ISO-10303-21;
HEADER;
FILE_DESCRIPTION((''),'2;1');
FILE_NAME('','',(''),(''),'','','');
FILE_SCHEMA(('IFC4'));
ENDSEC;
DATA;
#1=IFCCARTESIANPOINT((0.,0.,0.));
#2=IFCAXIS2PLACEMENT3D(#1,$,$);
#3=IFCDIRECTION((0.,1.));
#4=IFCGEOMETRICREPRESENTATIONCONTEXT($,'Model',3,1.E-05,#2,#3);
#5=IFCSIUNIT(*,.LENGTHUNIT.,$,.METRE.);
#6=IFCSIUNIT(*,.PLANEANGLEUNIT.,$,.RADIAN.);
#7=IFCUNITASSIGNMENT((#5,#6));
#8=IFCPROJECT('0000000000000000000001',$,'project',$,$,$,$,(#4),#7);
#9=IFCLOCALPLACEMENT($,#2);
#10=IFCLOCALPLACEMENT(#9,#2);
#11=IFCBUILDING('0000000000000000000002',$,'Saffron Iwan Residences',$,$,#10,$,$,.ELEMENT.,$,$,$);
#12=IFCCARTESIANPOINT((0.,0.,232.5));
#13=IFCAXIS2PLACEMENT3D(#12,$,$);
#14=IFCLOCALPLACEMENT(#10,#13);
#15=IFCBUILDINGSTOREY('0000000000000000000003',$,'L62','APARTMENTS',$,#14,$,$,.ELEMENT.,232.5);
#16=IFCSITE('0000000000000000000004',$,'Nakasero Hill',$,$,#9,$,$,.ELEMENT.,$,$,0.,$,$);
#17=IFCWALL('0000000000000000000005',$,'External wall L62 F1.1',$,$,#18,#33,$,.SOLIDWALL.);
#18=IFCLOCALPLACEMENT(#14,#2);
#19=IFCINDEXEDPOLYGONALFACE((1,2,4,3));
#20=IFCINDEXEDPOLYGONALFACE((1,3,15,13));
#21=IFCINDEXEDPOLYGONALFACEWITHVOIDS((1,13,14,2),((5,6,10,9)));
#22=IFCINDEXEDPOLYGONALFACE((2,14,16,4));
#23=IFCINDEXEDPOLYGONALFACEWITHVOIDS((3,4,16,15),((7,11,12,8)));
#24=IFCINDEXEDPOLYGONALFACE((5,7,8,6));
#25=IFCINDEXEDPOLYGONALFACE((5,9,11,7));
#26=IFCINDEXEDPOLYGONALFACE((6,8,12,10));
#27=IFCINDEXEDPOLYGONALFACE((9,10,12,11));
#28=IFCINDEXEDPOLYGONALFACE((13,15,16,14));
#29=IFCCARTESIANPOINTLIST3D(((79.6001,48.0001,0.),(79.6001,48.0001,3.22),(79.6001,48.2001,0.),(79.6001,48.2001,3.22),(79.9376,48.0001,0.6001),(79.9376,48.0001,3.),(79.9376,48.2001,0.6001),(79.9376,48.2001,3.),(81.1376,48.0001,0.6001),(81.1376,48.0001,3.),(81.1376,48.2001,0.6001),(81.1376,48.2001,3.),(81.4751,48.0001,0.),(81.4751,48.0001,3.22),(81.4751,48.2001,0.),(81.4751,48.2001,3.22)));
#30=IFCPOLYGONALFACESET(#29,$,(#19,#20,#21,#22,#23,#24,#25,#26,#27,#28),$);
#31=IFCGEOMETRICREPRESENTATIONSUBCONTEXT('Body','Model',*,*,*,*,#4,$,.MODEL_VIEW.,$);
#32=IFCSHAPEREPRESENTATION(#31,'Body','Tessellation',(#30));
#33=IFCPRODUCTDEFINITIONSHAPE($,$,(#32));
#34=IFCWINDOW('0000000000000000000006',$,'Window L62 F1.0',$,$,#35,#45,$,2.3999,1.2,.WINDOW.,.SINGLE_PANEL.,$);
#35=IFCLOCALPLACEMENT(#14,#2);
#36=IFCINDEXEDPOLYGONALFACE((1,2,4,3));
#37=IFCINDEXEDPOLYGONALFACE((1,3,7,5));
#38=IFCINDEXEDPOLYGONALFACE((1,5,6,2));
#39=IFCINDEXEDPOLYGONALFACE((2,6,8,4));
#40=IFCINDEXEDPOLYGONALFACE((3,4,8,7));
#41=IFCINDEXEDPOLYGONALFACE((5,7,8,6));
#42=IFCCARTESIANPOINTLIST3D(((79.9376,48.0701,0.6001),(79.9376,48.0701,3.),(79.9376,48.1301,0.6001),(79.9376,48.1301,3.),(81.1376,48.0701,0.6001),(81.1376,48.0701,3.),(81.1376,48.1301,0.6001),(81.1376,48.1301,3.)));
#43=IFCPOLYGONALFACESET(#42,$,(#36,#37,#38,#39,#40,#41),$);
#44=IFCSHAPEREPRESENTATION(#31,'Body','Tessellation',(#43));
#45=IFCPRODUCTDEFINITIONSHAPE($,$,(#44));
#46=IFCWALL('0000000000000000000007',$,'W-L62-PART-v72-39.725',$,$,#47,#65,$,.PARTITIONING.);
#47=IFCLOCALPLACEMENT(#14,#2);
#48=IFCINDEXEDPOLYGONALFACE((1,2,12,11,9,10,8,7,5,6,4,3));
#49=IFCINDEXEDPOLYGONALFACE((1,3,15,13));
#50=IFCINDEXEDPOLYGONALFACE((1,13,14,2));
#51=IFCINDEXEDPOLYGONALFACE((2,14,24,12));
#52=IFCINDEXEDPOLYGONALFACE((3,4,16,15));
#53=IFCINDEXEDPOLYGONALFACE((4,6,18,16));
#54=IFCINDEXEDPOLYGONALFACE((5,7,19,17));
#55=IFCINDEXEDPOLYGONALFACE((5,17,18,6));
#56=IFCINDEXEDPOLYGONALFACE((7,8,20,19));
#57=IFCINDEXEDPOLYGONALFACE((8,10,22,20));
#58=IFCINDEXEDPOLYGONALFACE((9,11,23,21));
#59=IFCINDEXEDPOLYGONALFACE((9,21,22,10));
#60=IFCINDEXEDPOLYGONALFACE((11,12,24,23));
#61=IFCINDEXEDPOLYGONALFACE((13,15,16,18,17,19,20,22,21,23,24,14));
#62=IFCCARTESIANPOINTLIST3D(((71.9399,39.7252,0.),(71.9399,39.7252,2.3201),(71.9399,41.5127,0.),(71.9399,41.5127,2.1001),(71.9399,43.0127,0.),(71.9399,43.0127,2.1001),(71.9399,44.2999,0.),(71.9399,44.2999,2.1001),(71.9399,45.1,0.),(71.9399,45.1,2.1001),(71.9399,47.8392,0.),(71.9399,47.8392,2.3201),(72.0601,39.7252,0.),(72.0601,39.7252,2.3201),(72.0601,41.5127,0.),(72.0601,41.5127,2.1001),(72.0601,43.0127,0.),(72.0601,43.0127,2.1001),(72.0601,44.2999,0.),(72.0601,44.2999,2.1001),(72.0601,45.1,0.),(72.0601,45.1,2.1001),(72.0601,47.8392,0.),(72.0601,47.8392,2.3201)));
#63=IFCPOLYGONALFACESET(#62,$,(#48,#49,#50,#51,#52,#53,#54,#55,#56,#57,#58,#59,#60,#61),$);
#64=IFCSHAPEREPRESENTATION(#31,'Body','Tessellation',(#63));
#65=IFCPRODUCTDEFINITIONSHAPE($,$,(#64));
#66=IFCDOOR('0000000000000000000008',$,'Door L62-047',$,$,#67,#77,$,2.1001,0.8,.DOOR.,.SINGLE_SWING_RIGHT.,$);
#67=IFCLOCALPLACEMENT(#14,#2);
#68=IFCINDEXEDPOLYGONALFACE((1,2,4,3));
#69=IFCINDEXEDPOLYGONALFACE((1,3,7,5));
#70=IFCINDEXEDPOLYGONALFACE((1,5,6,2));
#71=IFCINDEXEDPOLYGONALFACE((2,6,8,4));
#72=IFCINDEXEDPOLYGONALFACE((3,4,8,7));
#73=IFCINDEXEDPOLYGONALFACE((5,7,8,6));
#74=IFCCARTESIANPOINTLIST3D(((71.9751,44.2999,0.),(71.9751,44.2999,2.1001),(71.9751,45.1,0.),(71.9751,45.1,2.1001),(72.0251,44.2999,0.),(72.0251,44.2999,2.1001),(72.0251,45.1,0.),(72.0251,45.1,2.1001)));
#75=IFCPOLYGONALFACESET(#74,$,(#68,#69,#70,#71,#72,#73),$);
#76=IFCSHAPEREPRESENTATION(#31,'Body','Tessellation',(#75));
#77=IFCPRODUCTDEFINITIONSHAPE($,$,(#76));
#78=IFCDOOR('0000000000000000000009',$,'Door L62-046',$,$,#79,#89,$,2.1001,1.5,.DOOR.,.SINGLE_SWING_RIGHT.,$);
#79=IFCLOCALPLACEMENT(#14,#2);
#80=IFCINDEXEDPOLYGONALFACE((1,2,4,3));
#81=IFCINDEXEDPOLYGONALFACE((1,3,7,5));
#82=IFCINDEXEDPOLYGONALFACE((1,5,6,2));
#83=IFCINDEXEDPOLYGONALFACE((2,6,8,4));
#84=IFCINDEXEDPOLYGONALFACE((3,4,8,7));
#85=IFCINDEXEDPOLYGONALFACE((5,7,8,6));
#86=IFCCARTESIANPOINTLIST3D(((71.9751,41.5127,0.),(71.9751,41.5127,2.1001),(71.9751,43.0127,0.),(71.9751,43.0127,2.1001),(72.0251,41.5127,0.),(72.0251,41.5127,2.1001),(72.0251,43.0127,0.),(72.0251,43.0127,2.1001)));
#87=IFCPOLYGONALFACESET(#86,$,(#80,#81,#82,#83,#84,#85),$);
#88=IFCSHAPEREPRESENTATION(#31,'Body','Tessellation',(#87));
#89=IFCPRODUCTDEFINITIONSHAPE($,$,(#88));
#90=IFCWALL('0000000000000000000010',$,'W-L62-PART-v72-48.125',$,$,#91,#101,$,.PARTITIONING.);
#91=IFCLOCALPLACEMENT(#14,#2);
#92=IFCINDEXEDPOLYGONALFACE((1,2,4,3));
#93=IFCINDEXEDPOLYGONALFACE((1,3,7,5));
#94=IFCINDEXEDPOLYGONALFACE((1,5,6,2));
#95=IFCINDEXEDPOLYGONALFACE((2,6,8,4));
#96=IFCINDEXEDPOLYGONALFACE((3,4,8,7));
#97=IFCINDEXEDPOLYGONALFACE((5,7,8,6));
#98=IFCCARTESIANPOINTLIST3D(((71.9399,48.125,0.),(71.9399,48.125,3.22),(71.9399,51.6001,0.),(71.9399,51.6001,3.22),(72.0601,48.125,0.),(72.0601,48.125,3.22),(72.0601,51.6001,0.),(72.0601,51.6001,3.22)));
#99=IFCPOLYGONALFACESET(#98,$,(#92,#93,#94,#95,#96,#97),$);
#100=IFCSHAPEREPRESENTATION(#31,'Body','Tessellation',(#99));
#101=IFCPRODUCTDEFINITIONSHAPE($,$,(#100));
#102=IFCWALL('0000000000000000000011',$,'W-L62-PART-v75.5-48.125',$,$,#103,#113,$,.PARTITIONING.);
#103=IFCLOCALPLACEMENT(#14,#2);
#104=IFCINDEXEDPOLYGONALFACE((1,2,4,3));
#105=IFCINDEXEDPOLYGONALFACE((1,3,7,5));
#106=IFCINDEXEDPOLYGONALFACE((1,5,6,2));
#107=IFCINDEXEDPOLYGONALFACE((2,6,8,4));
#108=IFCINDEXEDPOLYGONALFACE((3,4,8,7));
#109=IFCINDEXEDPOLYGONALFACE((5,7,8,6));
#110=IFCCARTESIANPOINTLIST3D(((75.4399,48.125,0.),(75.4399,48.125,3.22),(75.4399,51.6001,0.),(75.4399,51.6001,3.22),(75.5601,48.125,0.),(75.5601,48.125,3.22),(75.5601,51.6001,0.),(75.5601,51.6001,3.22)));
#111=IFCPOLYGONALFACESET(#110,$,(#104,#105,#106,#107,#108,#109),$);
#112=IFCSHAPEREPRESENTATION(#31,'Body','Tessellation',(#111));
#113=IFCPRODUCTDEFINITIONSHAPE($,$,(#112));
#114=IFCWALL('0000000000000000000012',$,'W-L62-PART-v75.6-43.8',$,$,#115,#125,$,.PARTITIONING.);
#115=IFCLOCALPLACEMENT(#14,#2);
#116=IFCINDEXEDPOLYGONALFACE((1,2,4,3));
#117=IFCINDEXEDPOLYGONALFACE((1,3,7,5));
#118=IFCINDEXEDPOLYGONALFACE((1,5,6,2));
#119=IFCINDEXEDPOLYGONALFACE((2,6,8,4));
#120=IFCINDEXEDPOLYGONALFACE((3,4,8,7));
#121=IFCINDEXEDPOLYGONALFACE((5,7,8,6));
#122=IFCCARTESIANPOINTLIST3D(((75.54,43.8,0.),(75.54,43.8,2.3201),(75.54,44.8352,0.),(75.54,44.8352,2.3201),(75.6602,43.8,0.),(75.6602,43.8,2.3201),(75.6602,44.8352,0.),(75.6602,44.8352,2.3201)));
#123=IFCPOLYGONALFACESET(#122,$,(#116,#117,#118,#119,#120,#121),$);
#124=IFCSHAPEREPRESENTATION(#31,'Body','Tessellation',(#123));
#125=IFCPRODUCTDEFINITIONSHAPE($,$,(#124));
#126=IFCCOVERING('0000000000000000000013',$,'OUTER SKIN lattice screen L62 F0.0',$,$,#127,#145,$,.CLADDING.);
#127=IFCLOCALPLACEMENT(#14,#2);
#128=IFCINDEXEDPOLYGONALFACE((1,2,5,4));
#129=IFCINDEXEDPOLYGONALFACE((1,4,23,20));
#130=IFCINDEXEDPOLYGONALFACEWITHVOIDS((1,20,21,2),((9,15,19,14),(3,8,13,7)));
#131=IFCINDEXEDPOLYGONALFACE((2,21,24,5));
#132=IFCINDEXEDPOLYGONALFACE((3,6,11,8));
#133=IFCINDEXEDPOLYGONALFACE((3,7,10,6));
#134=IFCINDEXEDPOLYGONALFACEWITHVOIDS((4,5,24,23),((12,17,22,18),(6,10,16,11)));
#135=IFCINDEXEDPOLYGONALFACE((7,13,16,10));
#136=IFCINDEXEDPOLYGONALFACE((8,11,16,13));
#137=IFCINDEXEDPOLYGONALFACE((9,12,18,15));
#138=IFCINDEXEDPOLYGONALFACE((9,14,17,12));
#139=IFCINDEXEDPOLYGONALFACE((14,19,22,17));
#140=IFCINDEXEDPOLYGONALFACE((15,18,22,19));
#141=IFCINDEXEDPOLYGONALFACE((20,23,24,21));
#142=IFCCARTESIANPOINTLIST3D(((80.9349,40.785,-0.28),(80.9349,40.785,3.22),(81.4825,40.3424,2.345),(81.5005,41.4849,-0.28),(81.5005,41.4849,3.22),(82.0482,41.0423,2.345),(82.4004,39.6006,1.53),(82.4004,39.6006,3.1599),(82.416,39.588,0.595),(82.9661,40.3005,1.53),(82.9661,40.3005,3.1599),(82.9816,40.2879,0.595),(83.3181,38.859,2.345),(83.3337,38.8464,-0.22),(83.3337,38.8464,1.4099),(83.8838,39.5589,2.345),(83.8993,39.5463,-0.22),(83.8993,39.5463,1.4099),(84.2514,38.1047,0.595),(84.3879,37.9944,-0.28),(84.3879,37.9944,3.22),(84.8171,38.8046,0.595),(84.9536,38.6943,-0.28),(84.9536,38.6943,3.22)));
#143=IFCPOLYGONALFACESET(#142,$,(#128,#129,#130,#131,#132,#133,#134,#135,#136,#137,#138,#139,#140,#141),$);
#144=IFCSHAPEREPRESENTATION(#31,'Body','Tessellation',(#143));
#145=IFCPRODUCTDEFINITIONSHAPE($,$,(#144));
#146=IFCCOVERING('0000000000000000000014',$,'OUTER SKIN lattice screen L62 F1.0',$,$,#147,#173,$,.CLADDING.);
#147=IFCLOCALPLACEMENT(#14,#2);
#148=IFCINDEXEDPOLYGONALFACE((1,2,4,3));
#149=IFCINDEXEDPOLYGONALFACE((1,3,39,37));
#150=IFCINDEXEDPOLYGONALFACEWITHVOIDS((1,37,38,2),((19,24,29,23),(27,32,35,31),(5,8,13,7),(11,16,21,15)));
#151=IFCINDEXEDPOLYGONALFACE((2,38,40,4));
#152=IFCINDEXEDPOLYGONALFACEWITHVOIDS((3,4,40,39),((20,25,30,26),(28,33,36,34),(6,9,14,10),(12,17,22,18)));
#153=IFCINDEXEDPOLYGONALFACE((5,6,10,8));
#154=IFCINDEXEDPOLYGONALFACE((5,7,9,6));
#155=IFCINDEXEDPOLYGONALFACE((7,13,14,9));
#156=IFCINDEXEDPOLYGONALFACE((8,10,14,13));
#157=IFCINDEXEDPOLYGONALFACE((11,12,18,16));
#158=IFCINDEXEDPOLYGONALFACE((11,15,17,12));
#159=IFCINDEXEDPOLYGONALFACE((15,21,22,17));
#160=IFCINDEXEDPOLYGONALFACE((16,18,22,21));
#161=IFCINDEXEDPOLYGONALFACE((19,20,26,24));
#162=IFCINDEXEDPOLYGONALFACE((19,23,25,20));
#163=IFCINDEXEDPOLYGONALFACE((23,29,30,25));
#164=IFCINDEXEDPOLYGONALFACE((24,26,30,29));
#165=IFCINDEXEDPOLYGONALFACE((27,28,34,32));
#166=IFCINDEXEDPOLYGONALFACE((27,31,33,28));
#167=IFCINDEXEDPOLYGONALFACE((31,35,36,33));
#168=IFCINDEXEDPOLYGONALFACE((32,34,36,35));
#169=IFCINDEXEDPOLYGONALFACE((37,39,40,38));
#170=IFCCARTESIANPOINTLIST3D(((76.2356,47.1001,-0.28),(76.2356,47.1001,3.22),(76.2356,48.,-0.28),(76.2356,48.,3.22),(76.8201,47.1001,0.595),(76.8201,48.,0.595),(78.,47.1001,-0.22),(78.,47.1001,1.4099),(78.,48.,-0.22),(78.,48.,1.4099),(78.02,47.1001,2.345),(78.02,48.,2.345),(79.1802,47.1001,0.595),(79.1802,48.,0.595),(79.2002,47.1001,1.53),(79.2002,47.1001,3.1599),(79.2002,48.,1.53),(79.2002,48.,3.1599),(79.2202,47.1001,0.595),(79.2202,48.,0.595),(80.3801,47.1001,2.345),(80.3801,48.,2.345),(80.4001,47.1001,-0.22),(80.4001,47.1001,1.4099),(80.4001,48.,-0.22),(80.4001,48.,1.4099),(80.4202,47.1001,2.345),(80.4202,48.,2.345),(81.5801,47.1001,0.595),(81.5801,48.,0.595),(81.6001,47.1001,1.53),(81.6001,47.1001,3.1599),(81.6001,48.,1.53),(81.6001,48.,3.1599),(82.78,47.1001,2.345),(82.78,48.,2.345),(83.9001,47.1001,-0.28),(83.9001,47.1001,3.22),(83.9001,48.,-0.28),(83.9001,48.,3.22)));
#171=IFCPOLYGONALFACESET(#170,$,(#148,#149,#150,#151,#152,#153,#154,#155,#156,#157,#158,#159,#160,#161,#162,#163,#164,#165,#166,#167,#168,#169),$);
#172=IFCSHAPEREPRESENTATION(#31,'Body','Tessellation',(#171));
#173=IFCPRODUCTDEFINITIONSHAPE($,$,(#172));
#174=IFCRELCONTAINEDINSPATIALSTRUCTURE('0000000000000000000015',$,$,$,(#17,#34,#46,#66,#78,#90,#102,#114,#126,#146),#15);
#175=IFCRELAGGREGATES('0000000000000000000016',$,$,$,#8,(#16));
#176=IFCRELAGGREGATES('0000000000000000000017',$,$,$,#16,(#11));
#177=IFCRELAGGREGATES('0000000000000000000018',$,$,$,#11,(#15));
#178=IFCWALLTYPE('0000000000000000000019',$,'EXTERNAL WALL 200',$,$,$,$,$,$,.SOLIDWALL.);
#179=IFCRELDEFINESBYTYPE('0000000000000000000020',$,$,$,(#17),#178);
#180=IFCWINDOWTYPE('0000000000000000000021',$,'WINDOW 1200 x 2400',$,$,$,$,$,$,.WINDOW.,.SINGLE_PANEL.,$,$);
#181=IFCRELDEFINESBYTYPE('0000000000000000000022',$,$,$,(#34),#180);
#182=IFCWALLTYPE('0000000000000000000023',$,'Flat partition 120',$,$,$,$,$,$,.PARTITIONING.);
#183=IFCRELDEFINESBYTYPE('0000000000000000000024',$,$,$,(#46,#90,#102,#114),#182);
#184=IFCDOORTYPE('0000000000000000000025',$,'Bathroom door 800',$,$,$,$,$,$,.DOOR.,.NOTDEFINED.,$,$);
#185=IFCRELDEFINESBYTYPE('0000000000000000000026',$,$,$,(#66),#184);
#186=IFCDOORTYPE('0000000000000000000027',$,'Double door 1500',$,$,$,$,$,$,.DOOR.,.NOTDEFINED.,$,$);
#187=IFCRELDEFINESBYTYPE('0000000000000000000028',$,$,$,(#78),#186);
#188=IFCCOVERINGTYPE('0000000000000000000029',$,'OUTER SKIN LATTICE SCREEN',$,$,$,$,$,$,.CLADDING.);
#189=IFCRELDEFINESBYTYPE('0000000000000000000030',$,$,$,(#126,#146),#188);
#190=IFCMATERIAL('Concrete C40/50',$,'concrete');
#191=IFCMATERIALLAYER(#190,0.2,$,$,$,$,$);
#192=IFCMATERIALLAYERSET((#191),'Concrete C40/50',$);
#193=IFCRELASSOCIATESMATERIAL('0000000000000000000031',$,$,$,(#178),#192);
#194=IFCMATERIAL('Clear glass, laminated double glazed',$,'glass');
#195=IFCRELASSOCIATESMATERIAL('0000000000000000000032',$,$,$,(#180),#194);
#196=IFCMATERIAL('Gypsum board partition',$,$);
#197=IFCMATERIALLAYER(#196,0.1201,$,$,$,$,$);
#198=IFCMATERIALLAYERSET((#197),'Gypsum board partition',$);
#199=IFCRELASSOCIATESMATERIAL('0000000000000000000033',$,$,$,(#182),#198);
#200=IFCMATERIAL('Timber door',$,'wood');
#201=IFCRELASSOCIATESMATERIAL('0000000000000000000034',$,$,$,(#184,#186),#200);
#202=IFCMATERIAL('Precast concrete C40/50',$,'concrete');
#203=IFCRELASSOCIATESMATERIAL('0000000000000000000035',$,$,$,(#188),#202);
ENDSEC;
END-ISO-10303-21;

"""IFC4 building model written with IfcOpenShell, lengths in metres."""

from ifc_helpers import new_model, si_unit, direction, frame, frame_2d, origin, place, context, subcontext, project, spatial, polyline, rectangle, outline, extrude, material, layer, layer_set, type_object, element, fill, save


model = new_model("IFC4")

# Units and contexts
model_context = context("Model", 3, precision=1e-05, world=origin(), true_north=direction((0.0, 1.0)))
body_context = subcontext(model_context, "Body", "Model", "MODEL_VIEW")
ifc_project = project(units=[si_unit("LENGTHUNIT", "METRE"), si_unit("PLANEANGLEUNIT", "RADIAN")], contexts=[model_context])

# Site, building, storey
site_placement = place(None, origin())
site = spatial("IfcSite", under=ifc_project, at=site_placement, Name="Nakasero Hill", CompositionType="ELEMENT", RefElevation=0.0)
building_placement = place(site_placement, origin())
building = spatial("IfcBuilding", under=site, at=building_placement, Name="Saffron Iwan Residences", CompositionType="ELEMENT")
storey_placement = place(building_placement, frame((0.0, 0.0, 232.5)))
storey = spatial("IfcBuildingStorey", under=building, at=storey_placement, Name="L62", Description="APARTMENTS", CompositionType="ELEMENT", Elevation=232.5)

# Shared definitions
ifc_material_1 = material(Name="Concrete C40/50", Category="concrete")

# Shared definitions
ifc_layer_1 = layer(ifc_material_1, 0.2)
ifc_layer_set_1 = layer_set([ifc_layer_1], Name="Concrete C40/50")
wall_type_1 = type_object("IfcWallType", Name="EXTERNAL WALL 200", PredefinedType="SOLIDWALL", material=ifc_layer_set_1)
ifc_material_2 = material(Name="Clear glass, laminated double glazed", Category="glass")

# Wall, opening, window
wall_1_placement = place(storey_placement, frame((79.6001, 48.1001, 0.0), z_axis=(0.0, 0.0, 1.0), x_axis=(1.0, 0.0, 0.0)))
wall_1 = element("IfcWall", 1, at=wall_1_placement, inside=storey, type_object=wall_type_1, Name="External wall L62 F1.1", PredefinedType="SOLIDWALL", context=body_context, shape_type="SweptSolid", body=[
    extrude(rectangle(XDim=1.875, YDim=0.2, at=frame_2d((0.9375, 0.0))), origin(), (0.0, 0.0, 1.0), 3.22),
])
opening_1_placement = place(wall_1_placement, frame((0.3374, 0.0, 0.6001)))
opening_1 = element("IfcOpeningElement", 2, at=opening_1_placement, cuts=wall_1, PredefinedType="OPENING", context=body_context, shape_type="SweptSolid", body=[
    extrude(rectangle(XDim=1.2, YDim=2.3999, at=frame_2d((0.6001, 1.2))), frame((0.0, 0.1099, 0.0), z_axis=(0.0, -1.0, 0.0), x_axis=(1.0, 0.0, 0.0)), (0.0, 0.0, 1.0), 0.22),
])
window_type_1 = type_object("IfcWindowType", Name="WINDOW 1200 x 2400", PartitioningType="SINGLE_PANEL", PredefinedType="WINDOW", material=ifc_material_2)
window_1_placement = place(opening_1_placement, origin())
window_1 = element("IfcWindow", 3, at=window_1_placement, inside=storey, type_object=window_type_1, Name="Window L62 F1.0", OverallHeight=2.3999, OverallWidth=1.2, PartitioningType="SINGLE_PANEL", PredefinedType="WINDOW", context=body_context, shape_type="SweptSolid", body=[
    extrude(rectangle(XDim=1.2, YDim=2.3999, at=frame_2d((0.6001, 1.2))), frame((0.0, 0.03, 0.0), z_axis=(0.0, -1.0, 0.0), x_axis=(1.0, 0.0, 0.0)), (0.0, 0.0, 1.0), 0.0601),
])
fill(opening_1, window_1)

# Wall, openings, doors
ifc_material_3 = material(Name="Gypsum board partition")
ifc_layer_2 = layer(ifc_material_3, 0.1201)
ifc_layer_set_2 = layer_set([ifc_layer_2], Name="Gypsum board partition")
wall_type_2 = type_object("IfcWallType", Name="Flat partition 120", PredefinedType="PARTITIONING", material=ifc_layer_set_2)
wall_2_placement = place(storey_placement, frame((72.0, 39.7251, 0.0), z_axis=(0.0, 0.0, 1.0), x_axis=(0.0, 1.0, 0.0)))
wall_2 = element("IfcWall", 4, at=wall_2_placement, inside=storey, type_object=wall_type_2, Name="W-L62-PART-v72-39.725", PredefinedType="PARTITIONING", context=body_context, shape_type="SweptSolid", body=[
    extrude(rectangle(XDim=8.114, YDim=0.1201, at=frame_2d((4.0571, 0.0))), origin(), (0.0, 0.0, 1.0), 2.3201),
])
opening_2_placement = place(wall_2_placement, frame((1.7876, 0.0, 0.0)))
opening_2 = element("IfcOpeningElement", 5, at=opening_2_placement, cuts=wall_2, PredefinedType="OPENING", context=body_context, shape_type="SweptSolid", body=[
    extrude(rectangle(XDim=1.5, YDim=2.1001, at=frame_2d((0.75, 1.05))), frame((0.0, 0.0701, 0.0), z_axis=(0.0, -1.0, 0.0), x_axis=(1.0, 0.0, 0.0)), (0.0, 0.0, 1.0), 0.1401),
])
opening_3_placement = place(wall_2_placement, frame((4.575, 0.0, 0.0)))
opening_3 = element("IfcOpeningElement", 6, at=opening_3_placement, cuts=wall_2, PredefinedType="OPENING", context=body_context, shape_type="SweptSolid", body=[
    extrude(rectangle(XDim=0.8, YDim=2.1001, at=frame_2d((0.3999, 1.05))), frame((0.0, 0.0701, 0.0), z_axis=(0.0, -1.0, 0.0), x_axis=(1.0, 0.0, 0.0)), (0.0, 0.0, 1.0), 0.1401),
])
ifc_material_4 = material(Name="Timber door", Category="wood")
door_type_1 = type_object("IfcDoorType", Name="Bathroom door 800", OperationType="NOTDEFINED", PredefinedType="DOOR", material=ifc_material_4)
door_1_placement = place(opening_3_placement, origin())
door_1 = element("IfcDoor", 7, at=door_1_placement, inside=storey, type_object=door_type_1, Name="Door L62-047", OperationType="SINGLE_SWING_RIGHT", OverallHeight=2.1001, OverallWidth=0.8, PredefinedType="DOOR", context=body_context, shape_type="SweptSolid", body=[
    extrude(rectangle(XDim=0.8, YDim=2.1001, at=frame_2d((0.3999, 1.05))), frame((0.0, 0.0249, 0.0), z_axis=(0.0, -1.0, 0.0), x_axis=(1.0, 0.0, 0.0)), (0.0, 0.0, 1.0), 0.05),
])
fill(opening_3, door_1)
door_type_2 = type_object("IfcDoorType", Name="Double door 1500", OperationType="NOTDEFINED", PredefinedType="DOOR", material=ifc_material_4)
door_2_placement = place(opening_2_placement, origin())
door_2 = element("IfcDoor", 8, at=door_2_placement, inside=storey, type_object=door_type_2, Name="Door L62-046", OperationType="SINGLE_SWING_RIGHT", OverallHeight=2.1001, OverallWidth=1.5, PredefinedType="DOOR", context=body_context, shape_type="SweptSolid", body=[
    extrude(rectangle(XDim=1.5, YDim=2.1001, at=frame_2d((0.75, 1.05))), frame((0.0, 0.0249, 0.0), z_axis=(0.0, -1.0, 0.0), x_axis=(1.0, 0.0, 0.0)), (0.0, 0.0, 1.0), 0.05),
])
fill(opening_2, door_2)

# Walls
for number, where, z_axis, x_axis, name in (
    (9, (72.0, 48.125, 0.0), (0.0, 0.0, 1.0), (0.0, 1.0, 0.0), "W-L62-PART-v72-48.125"),
    (10, (75.5, 48.125, 0.0), (0.0, 0.0, 1.0), (0.0, 1.0, 0.0), "W-L62-PART-v75.5-48.125"),
):
    element("IfcWall", number, at=place(storey_placement, frame(where, z_axis=z_axis, x_axis=x_axis)), inside=storey, type_object=wall_type_2, Name=name, PredefinedType="PARTITIONING", context=body_context, shape_type="SweptSolid", body=[
        extrude(rectangle(XDim=3.4751, YDim=0.1201, at=frame_2d((1.7375, 0.0))), origin(), (0.0, 0.0, 1.0), 3.22),
    ])
wall_3_placement = place(storey_placement, frame((75.6001, 43.8, 0.0), z_axis=(0.0, 0.0, 1.0), x_axis=(0.0, 1.0, 0.0)))
element("IfcWall", 11, at=wall_3_placement, inside=storey, type_object=wall_type_2, Name="W-L62-PART-v75.6-43.8", PredefinedType="PARTITIONING", context=body_context, shape_type="SweptSolid", body=[
    extrude(rectangle(XDim=1.0352, YDim=0.1201, at=frame_2d((0.5176, 0.0))), origin(), (0.0, 0.0, 1.0), 2.3201),
])

# Coverings
ifc_material_5 = material(Name="Precast concrete C40/50", Category="concrete")
covering_type = type_object("IfcCoveringType", Name="OUTER SKIN LATTICE SCREEN", PredefinedType="CLADDING", material=ifc_material_5)
covering_1_placement = place(storey_placement, frame((84.3879, 37.9944, -0.28), z_axis=(0.628558, 0.777763, 0.0), x_axis=(-0.777763, 0.628558, 0.0)))
element("IfcCovering", 12, at=covering_1_placement, inside=storey, type_object=covering_type, Name="OUTER SKIN lattice screen L62 F0.0", PredefinedType="CLADDING", context=body_context, shape_type="SweptSolid", body=[
    extrude(outline(polyline([(0.0, 0.0), (4.4397, 0.0), (4.4397, 3.5), (0.0, 3.5), (0.0, 0.0)]), holes=[polyline([(0.1755, 0.875), (1.3555, 0.0601), (2.5354, 0.875), (1.3555, 1.6899), (0.1755, 0.875)]), polyline([(1.3755, 2.625), (2.5554, 1.8101), (3.7356, 2.625), (2.5554, 3.4399), (1.3755, 2.625)])]), origin(), (0.0, 0.0, 1.0), 0.8999),
])
covering_2_placement = place(storey_placement, frame((76.2356, 48.0, -0.28), z_axis=(0.0, -1.0, 0.0), x_axis=(1.0, 0.0, 0.0)))
element("IfcCovering", 13, at=covering_2_placement, inside=storey, type_object=covering_type, Name="OUTER SKIN lattice screen L62 F1.0", PredefinedType="CLADDING", context=body_context, shape_type="SweptSolid", body=[
    extrude(outline(polyline([(0.0, 0.0), (7.6646, 0.0), (7.6646, 3.5), (0.0, 3.5), (0.0, 0.0)]), holes=[polyline([(0.5845, 0.875), (1.7644, 0.0601), (2.9446, 0.875), (1.7644, 1.6899), (0.5845, 0.875)]), polyline([(2.9846, 0.875), (4.1646, 0.0601), (5.3445, 0.875), (4.1646, 1.6899), (2.9846, 0.875)]), polyline([(1.7844, 2.625), (2.9646, 1.8101), (4.1445, 2.625), (2.9646, 3.4399), (1.7844, 2.625)]), polyline([(4.1846, 2.625), (5.3645, 1.8101), (6.5444, 2.625), (5.3645, 3.4399), (4.1846, 2.625)])]), origin(), (0.0, 0.0, 1.0), 0.8999),
])

save(model, "model.ifc")
